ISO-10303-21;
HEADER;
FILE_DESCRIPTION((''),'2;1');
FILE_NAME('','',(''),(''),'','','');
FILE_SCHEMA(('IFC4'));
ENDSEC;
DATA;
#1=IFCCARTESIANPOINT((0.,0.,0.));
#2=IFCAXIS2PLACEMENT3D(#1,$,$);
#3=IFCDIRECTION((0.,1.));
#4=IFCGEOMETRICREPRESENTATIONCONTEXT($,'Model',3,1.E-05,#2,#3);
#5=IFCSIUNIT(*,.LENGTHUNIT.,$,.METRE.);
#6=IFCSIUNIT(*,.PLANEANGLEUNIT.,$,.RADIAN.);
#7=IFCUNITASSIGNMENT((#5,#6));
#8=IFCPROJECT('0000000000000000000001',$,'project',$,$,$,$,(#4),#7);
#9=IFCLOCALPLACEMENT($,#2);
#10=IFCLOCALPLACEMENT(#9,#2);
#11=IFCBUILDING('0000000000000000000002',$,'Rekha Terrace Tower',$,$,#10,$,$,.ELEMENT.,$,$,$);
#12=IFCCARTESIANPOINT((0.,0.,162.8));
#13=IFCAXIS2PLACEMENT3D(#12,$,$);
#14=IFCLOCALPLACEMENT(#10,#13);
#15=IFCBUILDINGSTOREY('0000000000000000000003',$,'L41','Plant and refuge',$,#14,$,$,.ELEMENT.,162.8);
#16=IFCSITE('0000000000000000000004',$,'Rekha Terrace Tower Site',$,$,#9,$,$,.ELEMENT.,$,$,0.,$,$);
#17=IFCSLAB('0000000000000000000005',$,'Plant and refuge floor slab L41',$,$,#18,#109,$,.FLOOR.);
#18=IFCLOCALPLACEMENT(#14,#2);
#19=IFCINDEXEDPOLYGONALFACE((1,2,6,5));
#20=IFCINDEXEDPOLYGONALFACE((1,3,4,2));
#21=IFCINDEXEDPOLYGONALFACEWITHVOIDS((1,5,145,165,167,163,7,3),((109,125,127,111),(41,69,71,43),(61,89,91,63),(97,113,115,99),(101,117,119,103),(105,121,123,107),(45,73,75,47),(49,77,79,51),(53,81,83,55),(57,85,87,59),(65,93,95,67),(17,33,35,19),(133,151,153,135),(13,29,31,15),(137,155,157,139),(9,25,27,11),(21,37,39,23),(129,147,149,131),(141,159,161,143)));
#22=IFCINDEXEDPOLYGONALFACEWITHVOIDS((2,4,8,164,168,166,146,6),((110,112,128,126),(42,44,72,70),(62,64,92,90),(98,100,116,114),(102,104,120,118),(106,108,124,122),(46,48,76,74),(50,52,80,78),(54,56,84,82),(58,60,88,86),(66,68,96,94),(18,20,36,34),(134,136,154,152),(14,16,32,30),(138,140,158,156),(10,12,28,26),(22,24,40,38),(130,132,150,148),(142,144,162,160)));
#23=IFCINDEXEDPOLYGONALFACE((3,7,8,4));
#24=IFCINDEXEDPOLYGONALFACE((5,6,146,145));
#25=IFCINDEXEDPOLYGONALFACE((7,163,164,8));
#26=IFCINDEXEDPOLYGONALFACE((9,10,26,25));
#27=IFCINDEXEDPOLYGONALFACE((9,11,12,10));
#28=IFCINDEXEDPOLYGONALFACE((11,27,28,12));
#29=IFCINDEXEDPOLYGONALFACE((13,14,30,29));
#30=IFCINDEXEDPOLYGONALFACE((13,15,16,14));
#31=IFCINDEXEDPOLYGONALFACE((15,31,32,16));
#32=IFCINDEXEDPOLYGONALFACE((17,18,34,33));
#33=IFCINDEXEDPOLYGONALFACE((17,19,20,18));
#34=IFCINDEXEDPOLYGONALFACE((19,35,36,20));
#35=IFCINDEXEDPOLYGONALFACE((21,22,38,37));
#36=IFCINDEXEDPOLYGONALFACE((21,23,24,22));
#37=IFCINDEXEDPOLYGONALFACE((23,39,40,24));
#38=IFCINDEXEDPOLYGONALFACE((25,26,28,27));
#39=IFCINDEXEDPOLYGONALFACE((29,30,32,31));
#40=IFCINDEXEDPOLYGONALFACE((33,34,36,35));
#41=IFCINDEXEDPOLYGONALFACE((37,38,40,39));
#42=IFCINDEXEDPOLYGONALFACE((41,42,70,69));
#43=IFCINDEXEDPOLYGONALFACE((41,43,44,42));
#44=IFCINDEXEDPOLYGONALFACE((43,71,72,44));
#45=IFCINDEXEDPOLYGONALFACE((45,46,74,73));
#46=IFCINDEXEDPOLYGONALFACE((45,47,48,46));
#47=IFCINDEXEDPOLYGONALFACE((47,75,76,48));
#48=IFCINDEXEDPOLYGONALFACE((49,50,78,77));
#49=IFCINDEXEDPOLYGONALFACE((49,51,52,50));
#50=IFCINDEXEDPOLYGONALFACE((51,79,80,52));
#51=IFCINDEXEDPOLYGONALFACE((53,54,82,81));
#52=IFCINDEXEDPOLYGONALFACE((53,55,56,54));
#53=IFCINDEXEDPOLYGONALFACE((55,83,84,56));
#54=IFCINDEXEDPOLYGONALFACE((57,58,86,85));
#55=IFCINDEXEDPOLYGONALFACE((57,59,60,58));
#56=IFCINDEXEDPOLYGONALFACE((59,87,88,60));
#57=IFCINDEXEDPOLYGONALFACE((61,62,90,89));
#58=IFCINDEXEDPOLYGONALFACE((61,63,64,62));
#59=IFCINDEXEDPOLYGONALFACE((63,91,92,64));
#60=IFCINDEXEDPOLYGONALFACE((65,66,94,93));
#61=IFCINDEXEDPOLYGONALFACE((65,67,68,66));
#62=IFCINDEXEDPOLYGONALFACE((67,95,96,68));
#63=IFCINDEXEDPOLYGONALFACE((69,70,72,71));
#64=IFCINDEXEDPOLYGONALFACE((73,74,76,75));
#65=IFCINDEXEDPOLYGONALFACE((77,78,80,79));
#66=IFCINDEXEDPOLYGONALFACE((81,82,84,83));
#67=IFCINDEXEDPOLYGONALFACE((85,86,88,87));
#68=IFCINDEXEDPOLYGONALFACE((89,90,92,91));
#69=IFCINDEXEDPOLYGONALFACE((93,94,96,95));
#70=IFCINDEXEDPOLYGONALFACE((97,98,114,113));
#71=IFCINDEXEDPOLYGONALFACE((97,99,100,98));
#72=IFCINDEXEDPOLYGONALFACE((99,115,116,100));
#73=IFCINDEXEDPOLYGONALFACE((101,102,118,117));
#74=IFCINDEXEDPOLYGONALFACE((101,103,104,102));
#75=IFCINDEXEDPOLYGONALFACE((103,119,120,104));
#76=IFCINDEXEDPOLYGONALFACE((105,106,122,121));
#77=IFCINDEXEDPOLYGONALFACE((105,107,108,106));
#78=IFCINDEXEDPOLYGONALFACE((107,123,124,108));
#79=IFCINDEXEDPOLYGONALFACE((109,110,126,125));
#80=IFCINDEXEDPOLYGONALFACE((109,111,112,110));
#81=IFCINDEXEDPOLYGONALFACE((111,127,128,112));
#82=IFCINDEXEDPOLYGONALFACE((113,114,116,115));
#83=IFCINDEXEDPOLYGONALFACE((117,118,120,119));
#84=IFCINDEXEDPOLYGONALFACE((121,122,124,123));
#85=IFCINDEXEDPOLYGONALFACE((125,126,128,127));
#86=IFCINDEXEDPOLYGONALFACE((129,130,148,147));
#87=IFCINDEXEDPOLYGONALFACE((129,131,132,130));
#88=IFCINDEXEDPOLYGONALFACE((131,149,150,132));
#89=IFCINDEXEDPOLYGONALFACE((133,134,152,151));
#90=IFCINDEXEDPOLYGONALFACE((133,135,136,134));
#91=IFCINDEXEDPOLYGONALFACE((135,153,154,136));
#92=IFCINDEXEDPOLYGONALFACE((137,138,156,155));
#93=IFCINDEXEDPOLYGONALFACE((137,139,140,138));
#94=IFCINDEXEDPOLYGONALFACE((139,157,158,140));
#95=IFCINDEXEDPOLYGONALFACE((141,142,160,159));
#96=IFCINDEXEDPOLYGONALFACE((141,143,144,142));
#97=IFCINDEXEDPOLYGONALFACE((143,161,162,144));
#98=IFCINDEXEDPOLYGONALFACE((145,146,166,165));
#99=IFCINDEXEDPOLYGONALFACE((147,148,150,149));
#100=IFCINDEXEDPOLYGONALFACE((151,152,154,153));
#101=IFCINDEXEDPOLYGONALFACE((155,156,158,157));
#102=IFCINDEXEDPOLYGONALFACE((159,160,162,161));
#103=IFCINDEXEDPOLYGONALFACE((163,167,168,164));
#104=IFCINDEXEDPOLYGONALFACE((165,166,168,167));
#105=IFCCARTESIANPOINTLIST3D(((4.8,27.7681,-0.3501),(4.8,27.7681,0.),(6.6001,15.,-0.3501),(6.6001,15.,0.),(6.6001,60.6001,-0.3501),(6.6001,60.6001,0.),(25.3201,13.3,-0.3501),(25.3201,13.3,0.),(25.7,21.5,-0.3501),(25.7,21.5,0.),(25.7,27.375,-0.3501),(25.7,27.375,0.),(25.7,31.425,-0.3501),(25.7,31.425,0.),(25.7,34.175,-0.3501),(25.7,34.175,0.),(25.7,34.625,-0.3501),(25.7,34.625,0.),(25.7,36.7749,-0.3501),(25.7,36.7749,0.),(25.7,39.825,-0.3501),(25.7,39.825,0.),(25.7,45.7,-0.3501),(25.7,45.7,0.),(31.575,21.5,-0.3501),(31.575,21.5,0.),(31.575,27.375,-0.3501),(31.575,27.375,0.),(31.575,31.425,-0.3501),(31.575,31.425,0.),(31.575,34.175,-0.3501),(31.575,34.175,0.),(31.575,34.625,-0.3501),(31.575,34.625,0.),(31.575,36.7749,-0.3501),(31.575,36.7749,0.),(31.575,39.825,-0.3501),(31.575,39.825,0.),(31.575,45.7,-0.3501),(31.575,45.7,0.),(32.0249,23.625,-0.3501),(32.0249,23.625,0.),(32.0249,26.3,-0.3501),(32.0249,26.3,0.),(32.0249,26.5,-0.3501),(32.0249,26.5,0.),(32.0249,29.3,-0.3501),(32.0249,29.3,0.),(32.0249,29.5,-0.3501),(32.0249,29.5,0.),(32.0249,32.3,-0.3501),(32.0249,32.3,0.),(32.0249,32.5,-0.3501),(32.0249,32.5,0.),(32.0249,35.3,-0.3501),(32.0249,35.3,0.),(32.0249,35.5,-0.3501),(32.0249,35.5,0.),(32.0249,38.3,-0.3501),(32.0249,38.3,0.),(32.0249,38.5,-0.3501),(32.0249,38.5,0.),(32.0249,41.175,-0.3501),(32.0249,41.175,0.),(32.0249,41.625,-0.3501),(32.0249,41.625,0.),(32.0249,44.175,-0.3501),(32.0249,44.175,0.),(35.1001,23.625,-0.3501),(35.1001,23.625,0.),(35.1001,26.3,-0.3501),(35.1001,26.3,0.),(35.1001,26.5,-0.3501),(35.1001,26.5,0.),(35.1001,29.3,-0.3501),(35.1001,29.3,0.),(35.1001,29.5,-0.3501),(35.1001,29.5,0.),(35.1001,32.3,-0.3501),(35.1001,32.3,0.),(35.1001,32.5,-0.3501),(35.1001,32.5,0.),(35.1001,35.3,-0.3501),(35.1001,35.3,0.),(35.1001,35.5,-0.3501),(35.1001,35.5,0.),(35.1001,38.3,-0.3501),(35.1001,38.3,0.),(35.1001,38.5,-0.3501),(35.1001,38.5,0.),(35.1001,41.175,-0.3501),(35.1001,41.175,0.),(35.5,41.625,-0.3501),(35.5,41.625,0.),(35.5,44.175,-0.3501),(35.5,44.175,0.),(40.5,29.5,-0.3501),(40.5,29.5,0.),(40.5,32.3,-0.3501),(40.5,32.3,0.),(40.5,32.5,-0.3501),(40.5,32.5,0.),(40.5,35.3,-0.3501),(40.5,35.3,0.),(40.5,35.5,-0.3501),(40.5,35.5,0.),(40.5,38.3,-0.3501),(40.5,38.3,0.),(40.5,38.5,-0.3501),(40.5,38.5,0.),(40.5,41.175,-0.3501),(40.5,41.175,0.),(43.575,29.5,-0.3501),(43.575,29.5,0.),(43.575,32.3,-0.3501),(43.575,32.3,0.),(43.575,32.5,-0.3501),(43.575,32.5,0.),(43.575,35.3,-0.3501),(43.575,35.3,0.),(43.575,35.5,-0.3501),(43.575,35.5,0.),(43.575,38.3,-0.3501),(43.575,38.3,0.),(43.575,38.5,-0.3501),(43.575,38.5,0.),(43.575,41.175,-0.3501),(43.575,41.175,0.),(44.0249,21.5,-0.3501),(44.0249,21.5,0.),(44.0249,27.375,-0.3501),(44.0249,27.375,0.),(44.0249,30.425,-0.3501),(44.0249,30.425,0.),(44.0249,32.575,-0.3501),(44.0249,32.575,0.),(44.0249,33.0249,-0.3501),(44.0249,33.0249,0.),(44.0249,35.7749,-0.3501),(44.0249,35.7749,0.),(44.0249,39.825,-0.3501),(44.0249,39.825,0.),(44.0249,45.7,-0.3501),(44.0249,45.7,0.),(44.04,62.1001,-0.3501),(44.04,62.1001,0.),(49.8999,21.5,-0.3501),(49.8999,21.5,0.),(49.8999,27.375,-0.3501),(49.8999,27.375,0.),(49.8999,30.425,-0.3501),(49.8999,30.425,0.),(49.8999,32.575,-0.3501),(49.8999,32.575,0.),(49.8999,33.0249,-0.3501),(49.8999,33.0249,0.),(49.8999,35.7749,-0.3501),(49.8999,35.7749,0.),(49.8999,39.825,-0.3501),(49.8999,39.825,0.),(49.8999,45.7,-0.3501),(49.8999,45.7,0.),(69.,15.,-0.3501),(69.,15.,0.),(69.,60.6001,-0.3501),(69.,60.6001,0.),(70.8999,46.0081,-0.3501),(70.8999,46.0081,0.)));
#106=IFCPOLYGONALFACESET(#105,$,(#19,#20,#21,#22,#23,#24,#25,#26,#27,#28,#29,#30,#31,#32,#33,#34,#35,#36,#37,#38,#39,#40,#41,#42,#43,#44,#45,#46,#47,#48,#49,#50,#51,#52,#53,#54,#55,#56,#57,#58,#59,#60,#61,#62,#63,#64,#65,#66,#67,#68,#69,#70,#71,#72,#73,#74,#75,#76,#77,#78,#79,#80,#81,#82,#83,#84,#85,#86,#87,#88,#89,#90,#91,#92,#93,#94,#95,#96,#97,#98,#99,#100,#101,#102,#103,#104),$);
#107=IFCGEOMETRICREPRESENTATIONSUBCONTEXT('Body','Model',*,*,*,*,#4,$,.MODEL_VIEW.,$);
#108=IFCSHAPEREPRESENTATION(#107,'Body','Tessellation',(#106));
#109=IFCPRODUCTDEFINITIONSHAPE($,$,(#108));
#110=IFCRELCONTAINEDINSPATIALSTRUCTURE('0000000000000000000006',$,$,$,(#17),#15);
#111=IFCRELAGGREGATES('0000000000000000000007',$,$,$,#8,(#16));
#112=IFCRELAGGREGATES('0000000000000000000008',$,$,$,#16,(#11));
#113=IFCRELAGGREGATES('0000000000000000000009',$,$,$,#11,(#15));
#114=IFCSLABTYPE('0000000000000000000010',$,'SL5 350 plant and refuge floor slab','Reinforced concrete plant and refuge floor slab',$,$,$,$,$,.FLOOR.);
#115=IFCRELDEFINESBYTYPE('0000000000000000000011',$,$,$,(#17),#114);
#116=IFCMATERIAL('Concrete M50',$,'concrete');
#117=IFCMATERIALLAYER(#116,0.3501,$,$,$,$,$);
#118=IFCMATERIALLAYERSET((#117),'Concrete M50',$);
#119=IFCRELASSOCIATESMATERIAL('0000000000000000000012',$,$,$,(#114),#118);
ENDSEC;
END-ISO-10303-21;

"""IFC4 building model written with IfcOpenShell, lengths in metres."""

from ifc_helpers import new_model, si_unit, direction, frame, origin, place, context, subcontext, project, spatial, polyline, outline, extrude, material, layer, layer_set, type_object, element, save


model = new_model("IFC4")

# Units and contexts
model_context = context("Model", 3, precision=1e-05, world=origin(), true_north=direction((0.0, 1.0)))
body_context = subcontext(model_context, "Body", "Model", "MODEL_VIEW")
ifc_project = project(units=[si_unit("LENGTHUNIT", "METRE"), si_unit("PLANEANGLEUNIT", "RADIAN")], contexts=[model_context])

# Site, building, storey
site_placement = place(None, origin())
site = spatial("IfcSite", under=ifc_project, at=site_placement, Name="Rekha Terrace Tower Site", CompositionType="ELEMENT", RefElevation=0.0)
building_placement = place(site_placement, origin())
building = spatial("IfcBuilding", under=site, at=building_placement, Name="Rekha Terrace Tower", CompositionType="ELEMENT")
storey_placement = place(building_placement, frame((0.0, 0.0, 162.8)))
storey = spatial("IfcBuildingStorey", under=building, at=storey_placement, Name="L41", Description="Plant and refuge", CompositionType="ELEMENT", Elevation=162.8)

# Slab
ifc_material_1 = material(Name="Concrete M50", Category="concrete")
ifc_layer_1 = layer(ifc_material_1, 0.3501)
ifc_layer_set_1 = layer_set([ifc_layer_1], Name="Concrete M50")
slab_type_1 = type_object("IfcSlabType", Name="SL5 350 plant and refuge floor slab", Description="Reinforced concrete plant and refuge floor slab", PredefinedType="FLOOR", material=ifc_layer_set_1)
slab_1_placement = place(storey_placement, frame((0.0, 0.0, -0.3501)))
element("IfcSlab", 1, at=slab_1_placement, inside=storey, type_object=slab_type_1, Name="Plant and refuge floor slab L41", PredefinedType="FLOOR", context=body_context, shape_type="SweptSolid", body=[
    extrude(outline(polyline([(4.8, 27.7681), (6.6001, 15.0), (25.3201, 13.3), (69.0, 15.0), (70.8999, 46.0081), (69.0, 60.6001), (44.04, 62.1001), (6.6001, 60.6001), (4.8, 27.7681)]), holes=[polyline([(31.575, 27.375), (31.575, 21.5), (25.7, 21.5), (25.7, 27.375), (31.575, 27.375)]), polyline([(35.1001, 26.3), (35.1001, 23.625), (32.0249, 23.625), (32.0249, 26.3), (35.1001, 26.3)]), polyline([(35.1001, 29.3), (35.1001, 26.5), (32.0249, 26.5), (32.0249, 29.3), (35.1001, 29.3)]), polyline([(35.1001, 32.3), (35.1001, 29.5), (32.0249, 29.5), (32.0249, 32.3), (35.1001, 32.3)]), polyline([(31.575, 34.175), (31.575, 31.425), (25.7, 31.425), (25.7, 34.175), (31.575, 34.175)]), polyline([(35.1001, 35.3), (35.1001, 32.5), (32.0249, 32.5), (32.0249, 35.3), (35.1001, 35.3)]), polyline([(31.575, 36.7749), (31.575, 34.625), (25.7, 34.625), (25.7, 36.7749), (31.575, 36.7749)]), polyline([(35.1001, 35.5), (32.0249, 35.5), (32.0249, 38.3), (35.1001, 38.3), (35.1001, 35.5)]), polyline([(35.1001, 38.5), (32.0249, 38.5), (32.0249, 41.175), (35.1001, 41.175), (35.1001, 38.5)]), polyline([(31.575, 45.7), (31.575, 39.825), (25.7, 39.825), (25.7, 45.7), (31.575, 45.7)]), polyline([(49.8999, 27.375), (49.8999, 21.5), (44.0249, 21.5), (44.0249, 27.375), (49.8999, 27.375)]), polyline([(43.575, 32.3), (43.575, 29.5), (40.5, 29.5), (40.5, 32.3), (43.575, 32.3)]), polyline([(49.8999, 30.425), (44.0249, 30.425), (44.0249, 32.575), (49.8999, 32.575), (49.8999, 30.425)]), polyline([(43.575, 32.5), (40.5, 32.5), (40.5, 35.3), (43.575, 35.3), (43.575, 32.5)]), polyline([(49.8999, 35.7749), (49.8999, 33.0249), (44.0249, 33.0249), (44.0249, 35.7749), (49.8999, 35.7749)]), polyline([(43.575, 38.3), (43.575, 35.5), (40.5, 35.5), (40.5, 38.3), (43.575, 38.3)]), polyline([(43.575, 41.175), (43.575, 38.5), (40.5, 38.5), (40.5, 41.175), (43.575, 41.175)]), polyline([(49.8999, 39.825), (44.0249, 39.825), (44.0249, 45.7), (49.8999, 45.7), (49.8999, 39.825)]), polyline([(35.5, 41.625), (32.0249, 41.625), (32.0249, 44.175), (35.5, 44.175), (35.5, 41.625)])]), origin(), (0.0, 0.0, 1.0), 0.3501),
])

save(model, "model.ifc")
